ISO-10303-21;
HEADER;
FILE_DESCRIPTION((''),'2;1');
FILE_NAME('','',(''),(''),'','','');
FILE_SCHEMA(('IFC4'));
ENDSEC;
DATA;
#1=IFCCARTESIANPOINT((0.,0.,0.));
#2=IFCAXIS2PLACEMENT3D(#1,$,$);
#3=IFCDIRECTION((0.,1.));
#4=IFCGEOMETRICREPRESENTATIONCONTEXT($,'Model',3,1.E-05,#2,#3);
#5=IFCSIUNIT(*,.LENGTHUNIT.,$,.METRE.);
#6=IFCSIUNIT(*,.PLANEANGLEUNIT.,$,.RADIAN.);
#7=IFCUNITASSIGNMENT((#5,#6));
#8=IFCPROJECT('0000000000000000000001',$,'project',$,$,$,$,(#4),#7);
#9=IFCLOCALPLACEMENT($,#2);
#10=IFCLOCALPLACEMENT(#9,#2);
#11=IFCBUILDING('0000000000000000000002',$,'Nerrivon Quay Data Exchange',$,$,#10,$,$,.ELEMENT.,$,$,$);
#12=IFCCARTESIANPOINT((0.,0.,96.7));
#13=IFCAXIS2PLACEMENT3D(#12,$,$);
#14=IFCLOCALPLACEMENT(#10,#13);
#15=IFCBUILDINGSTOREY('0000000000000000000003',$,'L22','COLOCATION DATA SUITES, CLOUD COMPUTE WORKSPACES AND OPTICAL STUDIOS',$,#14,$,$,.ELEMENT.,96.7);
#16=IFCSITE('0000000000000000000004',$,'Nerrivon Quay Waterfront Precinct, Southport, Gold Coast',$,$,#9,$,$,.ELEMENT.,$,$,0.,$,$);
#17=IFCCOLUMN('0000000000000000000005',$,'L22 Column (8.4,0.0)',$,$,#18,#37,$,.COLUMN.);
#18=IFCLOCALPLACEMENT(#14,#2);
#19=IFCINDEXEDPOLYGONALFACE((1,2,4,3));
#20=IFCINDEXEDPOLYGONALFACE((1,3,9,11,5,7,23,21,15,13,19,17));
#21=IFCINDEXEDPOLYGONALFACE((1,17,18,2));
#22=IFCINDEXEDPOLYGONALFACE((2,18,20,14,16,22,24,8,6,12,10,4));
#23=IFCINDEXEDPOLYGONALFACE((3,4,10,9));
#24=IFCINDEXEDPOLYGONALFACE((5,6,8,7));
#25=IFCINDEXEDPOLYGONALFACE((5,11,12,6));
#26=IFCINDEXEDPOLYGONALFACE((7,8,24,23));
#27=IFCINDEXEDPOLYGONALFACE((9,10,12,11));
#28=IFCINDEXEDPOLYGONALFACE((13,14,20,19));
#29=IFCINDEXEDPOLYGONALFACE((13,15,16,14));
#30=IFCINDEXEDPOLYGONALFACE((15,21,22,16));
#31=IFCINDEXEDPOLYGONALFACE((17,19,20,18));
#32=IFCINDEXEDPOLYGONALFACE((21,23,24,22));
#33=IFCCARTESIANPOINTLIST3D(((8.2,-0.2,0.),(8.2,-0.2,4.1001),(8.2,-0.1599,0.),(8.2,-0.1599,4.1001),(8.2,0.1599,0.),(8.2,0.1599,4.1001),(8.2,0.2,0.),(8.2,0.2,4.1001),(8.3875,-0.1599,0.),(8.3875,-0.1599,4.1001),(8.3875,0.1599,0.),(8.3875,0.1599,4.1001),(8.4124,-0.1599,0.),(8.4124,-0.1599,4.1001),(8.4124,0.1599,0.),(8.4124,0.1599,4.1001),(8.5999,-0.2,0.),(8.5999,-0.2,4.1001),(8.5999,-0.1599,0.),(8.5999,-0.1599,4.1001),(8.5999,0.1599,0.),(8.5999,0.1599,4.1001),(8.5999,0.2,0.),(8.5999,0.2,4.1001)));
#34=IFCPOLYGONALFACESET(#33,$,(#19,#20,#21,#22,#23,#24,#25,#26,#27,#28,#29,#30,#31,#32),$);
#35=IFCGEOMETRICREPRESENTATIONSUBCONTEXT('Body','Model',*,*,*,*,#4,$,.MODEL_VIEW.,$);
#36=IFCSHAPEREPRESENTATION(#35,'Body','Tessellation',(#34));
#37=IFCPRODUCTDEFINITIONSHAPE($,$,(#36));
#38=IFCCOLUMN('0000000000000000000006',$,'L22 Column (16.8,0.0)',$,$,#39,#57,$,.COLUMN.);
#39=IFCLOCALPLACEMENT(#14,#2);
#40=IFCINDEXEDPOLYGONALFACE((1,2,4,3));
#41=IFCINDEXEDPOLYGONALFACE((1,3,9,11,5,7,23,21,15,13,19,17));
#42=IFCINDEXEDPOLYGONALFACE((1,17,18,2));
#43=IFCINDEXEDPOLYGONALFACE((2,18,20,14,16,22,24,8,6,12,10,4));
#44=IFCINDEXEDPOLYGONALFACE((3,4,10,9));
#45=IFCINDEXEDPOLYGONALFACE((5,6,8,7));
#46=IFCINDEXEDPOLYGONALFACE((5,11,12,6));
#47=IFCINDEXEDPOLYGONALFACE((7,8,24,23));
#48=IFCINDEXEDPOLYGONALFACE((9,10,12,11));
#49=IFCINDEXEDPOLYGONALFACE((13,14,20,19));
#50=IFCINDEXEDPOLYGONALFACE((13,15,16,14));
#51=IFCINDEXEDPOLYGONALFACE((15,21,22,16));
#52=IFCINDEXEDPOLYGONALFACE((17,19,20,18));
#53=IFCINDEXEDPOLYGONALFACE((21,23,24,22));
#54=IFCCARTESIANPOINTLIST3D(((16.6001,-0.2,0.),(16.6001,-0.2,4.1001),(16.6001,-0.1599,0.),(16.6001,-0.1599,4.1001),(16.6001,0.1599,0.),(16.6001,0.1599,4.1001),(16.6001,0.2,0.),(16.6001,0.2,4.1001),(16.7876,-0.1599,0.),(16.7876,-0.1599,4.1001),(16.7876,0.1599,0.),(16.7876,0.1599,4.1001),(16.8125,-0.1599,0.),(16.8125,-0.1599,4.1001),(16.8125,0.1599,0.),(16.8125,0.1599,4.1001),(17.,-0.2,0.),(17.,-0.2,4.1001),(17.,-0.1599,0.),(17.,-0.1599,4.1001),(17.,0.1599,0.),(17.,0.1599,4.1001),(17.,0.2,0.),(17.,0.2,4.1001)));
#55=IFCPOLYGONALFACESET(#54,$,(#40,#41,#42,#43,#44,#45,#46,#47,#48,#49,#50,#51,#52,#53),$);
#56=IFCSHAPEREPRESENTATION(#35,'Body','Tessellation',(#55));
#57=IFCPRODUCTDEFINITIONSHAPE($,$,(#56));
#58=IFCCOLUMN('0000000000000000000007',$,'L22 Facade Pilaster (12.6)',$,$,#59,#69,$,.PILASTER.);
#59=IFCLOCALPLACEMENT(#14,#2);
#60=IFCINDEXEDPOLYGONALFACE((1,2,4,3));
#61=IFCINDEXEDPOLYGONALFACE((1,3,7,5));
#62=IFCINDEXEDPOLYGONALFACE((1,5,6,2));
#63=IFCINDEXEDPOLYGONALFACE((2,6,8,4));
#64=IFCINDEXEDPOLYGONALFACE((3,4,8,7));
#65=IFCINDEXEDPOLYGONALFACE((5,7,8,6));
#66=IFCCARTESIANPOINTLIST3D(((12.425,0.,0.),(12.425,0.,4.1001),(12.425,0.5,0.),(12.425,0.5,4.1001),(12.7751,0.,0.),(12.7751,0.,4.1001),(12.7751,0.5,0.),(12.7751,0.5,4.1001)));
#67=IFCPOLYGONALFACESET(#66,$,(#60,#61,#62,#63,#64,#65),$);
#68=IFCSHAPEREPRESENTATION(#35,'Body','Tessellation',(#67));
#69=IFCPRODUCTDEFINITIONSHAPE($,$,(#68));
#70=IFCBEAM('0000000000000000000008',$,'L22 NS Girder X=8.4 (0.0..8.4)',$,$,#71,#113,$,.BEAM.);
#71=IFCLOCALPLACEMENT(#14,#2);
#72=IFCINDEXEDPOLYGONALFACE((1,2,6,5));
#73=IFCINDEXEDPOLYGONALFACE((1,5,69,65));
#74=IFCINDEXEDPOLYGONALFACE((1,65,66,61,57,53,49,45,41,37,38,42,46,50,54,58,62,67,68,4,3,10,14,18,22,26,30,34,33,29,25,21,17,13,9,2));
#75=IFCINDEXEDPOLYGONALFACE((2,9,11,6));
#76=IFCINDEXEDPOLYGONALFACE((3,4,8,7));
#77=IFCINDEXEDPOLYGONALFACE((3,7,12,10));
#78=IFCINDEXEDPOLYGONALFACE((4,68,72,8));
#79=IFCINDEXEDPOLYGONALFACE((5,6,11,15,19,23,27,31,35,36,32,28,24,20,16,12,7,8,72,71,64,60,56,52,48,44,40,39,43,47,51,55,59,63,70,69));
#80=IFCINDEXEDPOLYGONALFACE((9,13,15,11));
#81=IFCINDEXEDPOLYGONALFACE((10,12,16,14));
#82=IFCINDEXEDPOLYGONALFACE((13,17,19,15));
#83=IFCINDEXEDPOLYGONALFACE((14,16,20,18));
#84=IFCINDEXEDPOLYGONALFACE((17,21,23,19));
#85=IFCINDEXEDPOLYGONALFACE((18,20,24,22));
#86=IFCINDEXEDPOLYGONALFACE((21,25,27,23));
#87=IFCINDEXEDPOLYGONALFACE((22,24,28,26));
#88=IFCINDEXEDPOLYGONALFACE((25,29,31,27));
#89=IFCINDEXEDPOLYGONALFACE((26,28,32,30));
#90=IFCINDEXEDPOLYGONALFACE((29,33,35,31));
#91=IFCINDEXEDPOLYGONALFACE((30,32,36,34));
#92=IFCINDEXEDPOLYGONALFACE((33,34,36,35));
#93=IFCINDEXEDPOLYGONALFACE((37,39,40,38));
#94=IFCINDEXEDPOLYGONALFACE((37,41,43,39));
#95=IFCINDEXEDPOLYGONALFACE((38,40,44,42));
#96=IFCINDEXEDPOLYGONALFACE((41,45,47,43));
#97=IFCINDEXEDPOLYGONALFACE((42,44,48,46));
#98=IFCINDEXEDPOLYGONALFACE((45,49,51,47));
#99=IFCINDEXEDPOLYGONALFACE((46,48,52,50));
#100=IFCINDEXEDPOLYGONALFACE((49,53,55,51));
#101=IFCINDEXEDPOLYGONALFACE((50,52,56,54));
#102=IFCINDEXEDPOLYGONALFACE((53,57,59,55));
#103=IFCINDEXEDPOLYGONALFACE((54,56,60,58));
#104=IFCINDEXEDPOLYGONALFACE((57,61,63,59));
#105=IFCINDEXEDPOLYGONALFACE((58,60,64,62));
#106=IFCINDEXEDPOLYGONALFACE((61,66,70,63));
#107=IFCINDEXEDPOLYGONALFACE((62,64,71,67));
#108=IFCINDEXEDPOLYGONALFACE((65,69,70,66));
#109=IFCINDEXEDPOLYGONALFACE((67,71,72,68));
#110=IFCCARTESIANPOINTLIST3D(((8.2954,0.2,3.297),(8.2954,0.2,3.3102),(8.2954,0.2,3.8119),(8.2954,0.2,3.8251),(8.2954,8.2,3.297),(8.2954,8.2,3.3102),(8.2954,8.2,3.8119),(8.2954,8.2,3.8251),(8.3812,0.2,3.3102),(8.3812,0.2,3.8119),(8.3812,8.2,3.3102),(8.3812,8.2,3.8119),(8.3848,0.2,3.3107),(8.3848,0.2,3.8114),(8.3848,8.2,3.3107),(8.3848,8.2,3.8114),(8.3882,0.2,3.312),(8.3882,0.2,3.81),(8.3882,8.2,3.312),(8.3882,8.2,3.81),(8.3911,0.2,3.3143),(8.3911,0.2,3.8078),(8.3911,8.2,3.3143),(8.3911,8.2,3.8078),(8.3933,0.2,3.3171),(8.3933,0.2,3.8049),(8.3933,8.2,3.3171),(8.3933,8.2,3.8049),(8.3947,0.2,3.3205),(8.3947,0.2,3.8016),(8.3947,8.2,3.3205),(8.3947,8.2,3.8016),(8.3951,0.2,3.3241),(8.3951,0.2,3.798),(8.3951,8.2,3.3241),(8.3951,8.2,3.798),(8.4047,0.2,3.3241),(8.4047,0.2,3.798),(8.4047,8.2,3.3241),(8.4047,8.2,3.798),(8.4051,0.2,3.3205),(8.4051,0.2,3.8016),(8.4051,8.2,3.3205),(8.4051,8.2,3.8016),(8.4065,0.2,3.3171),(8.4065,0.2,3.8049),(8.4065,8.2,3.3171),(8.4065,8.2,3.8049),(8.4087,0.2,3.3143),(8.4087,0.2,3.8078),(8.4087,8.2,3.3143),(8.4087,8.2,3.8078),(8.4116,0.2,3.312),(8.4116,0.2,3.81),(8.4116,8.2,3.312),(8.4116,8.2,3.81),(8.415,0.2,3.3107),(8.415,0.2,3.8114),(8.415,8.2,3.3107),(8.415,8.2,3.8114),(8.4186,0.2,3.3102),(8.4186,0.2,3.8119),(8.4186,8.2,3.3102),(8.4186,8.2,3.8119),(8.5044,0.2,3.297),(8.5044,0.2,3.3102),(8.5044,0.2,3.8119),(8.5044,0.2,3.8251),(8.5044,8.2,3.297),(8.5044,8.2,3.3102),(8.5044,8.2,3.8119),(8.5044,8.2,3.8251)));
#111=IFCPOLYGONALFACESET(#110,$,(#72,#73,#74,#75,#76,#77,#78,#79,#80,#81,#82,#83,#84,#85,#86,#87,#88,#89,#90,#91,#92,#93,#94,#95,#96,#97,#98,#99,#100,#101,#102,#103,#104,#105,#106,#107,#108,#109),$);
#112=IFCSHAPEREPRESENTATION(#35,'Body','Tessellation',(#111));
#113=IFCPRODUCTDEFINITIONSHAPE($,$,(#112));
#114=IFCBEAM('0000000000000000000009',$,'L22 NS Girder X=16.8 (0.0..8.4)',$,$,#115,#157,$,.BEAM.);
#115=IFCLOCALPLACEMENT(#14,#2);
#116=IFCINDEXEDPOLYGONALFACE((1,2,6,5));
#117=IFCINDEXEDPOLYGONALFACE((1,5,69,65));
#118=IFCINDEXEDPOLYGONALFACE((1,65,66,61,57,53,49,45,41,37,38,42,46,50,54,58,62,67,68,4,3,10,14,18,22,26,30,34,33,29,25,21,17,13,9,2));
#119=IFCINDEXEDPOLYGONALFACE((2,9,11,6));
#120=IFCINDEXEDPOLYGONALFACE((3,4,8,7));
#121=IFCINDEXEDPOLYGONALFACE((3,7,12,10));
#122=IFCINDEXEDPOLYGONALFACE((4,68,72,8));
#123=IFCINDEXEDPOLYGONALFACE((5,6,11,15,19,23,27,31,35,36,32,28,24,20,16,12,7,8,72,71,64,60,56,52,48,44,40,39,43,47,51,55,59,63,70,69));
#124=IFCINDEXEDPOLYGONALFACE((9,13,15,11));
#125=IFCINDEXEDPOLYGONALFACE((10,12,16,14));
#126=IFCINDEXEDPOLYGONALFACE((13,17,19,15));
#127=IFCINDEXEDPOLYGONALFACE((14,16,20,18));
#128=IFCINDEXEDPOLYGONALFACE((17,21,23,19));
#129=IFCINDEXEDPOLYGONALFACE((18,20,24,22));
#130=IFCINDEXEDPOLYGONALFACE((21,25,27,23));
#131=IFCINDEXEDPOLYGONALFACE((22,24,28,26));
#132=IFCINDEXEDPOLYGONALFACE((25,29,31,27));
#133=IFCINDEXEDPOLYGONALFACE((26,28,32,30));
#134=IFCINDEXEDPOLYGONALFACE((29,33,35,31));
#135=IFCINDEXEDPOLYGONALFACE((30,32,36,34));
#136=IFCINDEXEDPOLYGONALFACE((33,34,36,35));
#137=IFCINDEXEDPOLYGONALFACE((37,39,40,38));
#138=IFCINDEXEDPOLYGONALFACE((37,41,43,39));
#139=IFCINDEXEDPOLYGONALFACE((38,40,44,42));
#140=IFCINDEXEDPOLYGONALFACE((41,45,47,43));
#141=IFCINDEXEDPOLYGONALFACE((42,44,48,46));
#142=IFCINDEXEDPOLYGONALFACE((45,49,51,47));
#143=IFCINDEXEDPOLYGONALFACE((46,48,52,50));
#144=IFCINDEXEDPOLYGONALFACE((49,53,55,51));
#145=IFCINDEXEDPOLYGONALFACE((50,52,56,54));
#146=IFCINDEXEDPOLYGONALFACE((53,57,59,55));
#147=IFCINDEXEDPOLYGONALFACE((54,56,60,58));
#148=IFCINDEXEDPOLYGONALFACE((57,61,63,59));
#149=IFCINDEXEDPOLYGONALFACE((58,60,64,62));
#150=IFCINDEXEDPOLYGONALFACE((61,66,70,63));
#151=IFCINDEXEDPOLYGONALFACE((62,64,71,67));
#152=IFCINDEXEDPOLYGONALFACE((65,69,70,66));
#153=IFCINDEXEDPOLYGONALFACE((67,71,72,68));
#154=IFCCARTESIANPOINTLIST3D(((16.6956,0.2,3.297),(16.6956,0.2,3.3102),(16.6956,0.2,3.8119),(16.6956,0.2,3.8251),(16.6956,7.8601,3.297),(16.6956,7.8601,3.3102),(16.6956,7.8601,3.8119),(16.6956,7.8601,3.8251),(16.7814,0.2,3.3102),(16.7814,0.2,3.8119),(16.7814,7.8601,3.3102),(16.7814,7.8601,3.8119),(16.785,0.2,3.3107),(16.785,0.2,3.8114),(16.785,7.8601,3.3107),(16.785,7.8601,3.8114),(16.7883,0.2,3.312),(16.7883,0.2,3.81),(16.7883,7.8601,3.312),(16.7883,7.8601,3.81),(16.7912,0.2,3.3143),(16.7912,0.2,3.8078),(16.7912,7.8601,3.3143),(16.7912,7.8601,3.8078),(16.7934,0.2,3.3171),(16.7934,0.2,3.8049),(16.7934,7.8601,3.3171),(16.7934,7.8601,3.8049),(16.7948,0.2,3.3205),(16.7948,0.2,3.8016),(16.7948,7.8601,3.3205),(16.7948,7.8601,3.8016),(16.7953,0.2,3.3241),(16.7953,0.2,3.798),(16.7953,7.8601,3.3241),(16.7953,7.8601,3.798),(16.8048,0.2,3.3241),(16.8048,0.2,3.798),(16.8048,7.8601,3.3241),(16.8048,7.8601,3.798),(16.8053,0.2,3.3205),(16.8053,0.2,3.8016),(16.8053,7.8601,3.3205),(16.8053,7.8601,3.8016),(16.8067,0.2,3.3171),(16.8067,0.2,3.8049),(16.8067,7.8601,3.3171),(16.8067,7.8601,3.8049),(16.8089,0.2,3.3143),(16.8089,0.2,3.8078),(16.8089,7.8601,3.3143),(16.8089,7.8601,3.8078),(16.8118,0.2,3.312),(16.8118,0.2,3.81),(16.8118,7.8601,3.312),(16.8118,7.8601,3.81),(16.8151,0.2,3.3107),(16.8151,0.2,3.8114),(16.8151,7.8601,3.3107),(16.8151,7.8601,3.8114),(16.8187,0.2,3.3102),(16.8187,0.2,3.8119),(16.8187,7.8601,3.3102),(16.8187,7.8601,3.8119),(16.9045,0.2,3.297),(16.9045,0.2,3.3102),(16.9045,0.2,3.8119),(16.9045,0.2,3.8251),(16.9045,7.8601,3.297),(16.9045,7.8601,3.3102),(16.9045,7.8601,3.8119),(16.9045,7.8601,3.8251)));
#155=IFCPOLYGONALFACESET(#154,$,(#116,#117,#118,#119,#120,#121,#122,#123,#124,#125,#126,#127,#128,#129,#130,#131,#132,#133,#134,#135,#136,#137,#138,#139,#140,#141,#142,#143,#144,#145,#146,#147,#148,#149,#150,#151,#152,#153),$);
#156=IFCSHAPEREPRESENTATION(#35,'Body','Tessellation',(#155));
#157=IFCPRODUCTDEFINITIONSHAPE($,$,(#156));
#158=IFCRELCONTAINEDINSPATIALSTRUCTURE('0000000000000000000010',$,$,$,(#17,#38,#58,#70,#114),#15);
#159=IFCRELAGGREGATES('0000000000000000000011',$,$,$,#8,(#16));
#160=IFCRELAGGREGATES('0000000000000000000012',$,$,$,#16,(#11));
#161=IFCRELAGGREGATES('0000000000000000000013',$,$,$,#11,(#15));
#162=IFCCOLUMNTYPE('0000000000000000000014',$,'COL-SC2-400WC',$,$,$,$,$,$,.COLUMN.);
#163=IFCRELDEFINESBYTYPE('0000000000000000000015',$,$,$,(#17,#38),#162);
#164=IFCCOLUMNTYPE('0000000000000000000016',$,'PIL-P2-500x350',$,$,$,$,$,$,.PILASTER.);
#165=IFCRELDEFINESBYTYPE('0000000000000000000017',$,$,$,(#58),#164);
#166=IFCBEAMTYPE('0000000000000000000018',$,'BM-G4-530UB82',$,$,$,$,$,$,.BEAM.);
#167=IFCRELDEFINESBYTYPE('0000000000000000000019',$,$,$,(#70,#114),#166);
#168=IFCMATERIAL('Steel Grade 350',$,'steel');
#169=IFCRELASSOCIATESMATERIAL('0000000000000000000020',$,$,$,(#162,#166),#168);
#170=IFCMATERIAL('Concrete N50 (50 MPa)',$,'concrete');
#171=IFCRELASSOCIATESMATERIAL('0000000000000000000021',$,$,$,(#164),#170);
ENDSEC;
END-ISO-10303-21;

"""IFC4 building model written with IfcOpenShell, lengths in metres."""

from ifc_helpers import new_model, si_unit, direction, frame, origin, origin_2d, place, context, subcontext, project, spatial, rectangle, i_section, extrude, material, material_profile, profile_set, type_object, element, save


model = new_model("IFC4")

# Units and contexts
model_context = context("Model", 3, precision=1e-05, world=origin(), true_north=direction((0.0, 1.0)))
body_context = subcontext(model_context, "Body", "Model", "MODEL_VIEW")
ifc_project = project(units=[si_unit("LENGTHUNIT", "METRE"), si_unit("PLANEANGLEUNIT", "RADIAN")], contexts=[model_context])

# Site, building, storey
site_placement = place(None, origin())
site = spatial("IfcSite", under=ifc_project, at=site_placement, Name="Nerrivon Quay Waterfront Precinct, Southport, Gold Coast", CompositionType="ELEMENT", RefElevation=0.0)
building_placement = place(site_placement, origin())
building = spatial("IfcBuilding", under=site, at=building_placement, Name="Nerrivon Quay Data Exchange", CompositionType="ELEMENT")
storey_placement = place(building_placement, frame((0.0, 0.0, 96.7)))
storey = spatial("IfcBuildingStorey", under=building, at=storey_placement, Name="L22", Description="COLOCATION DATA SUITES, CLOUD COMPUTE WORKSPACES AND OPTICAL STUDIOS", CompositionType="ELEMENT", Elevation=96.7)

# Columns
ifc_material_1 = material(Name="Steel Grade 350", Category="steel")
ifc_material_profile_1 = material_profile(ifc_material_1, i_section(OverallWidth=0.3999, OverallDepth=0.3999, WebThickness=0.0249, FlangeThickness=0.04, at=origin_2d()), Name="400WC328")
ifc_profile_set_1 = profile_set([ifc_material_profile_1], Name="Steel Grade 350")
column_type_1 = type_object("IfcColumnType", Name="COL-SC2-400WC", PredefinedType="COLUMN", material=ifc_profile_set_1)
for number, where, z_axis, x_axis, name in (
    (1, (8.3999, 0.0, 0.0), (0.0, 0.0, 1.0), (1.0, 0.0, 0.0), "L22 Column (8.4,0.0)"),
    (2, (16.8, 0.0, 0.0), (0.0, 0.0, 1.0), (1.0, 0.0, 0.0), "L22 Column (16.8,0.0)"),
):
    element("IfcColumn", number, at=place(storey_placement, frame(where, z_axis=z_axis, x_axis=x_axis)), inside=storey, type_object=column_type_1, Name=name, PredefinedType="COLUMN", context=body_context, shape_type="SweptSolid", body=[
        extrude(i_section(OverallWidth=0.3999, OverallDepth=0.3999, WebThickness=0.0249, FlangeThickness=0.04, at=origin_2d()), origin(), (0.0, 0.0, 1.0), 4.1001),
    ])
ifc_material_2 = material(Name="Concrete N50 (50 MPa)", Category="concrete")
ifc_material_profile_2 = material_profile(ifc_material_2, rectangle(XDim=0.3501, YDim=0.5, at=origin_2d()), Name="RC-PIL-500x350")
ifc_profile_set_2 = profile_set([ifc_material_profile_2], Name="Concrete N50 (50 MPa)")
column_type_2 = type_object("IfcColumnType", Name="PIL-P2-500x350", PredefinedType="PILASTER", material=ifc_profile_set_2)
column_placement = place(storey_placement, frame((12.6001, 0.25, 0.0), z_axis=(0.0, 0.0, 1.0), x_axis=(1.0, 0.0, 0.0)))
element("IfcColumn", 3, at=column_placement, inside=storey, type_object=column_type_2, Name="L22 Facade Pilaster (12.6)", PredefinedType="PILASTER", context=body_context, shape_type="SweptSolid", body=[
    extrude(rectangle(XDim=0.3501, YDim=0.5, at=origin_2d()), origin(), (0.0, 0.0, 1.0), 4.1001),
])

# Beams
ifc_material_profile_3 = material_profile(ifc_material_1, i_section(OverallWidth=0.209, OverallDepth=0.5281, WebThickness=0.0095, FlangeThickness=0.0132, FilletRadius=0.0139, at=origin_2d()), Name="530UB82.0")
ifc_profile_set_3 = profile_set([ifc_material_profile_3], Name="Steel Grade 350")
beam_type_1 = type_object("IfcBeamType", Name="BM-G4-530UB82", PredefinedType="BEAM", material=ifc_profile_set_3)
beam_1_placement = place(storey_placement, frame((8.3999, 0.2, 3.561), z_axis=(0.0, 1.0, 0.0), x_axis=(-1.0, 0.0, 0.0)))
element("IfcBeam", 4, at=beam_1_placement, inside=storey, type_object=beam_type_1, Name="L22 NS Girder X=8.4 (0.0..8.4)", PredefinedType="BEAM", context=body_context, shape_type="SweptSolid", body=[
    extrude(i_section(OverallWidth=0.209, OverallDepth=0.5281, WebThickness=0.0095, FlangeThickness=0.0132, FilletRadius=0.0139, at=origin_2d()), origin(), (0.0, 0.0, 1.0), 8.0),
])
beam_2_placement = place(storey_placement, frame((16.8, 0.2, 3.561), z_axis=(0.0, 1.0, 0.0), x_axis=(-1.0, 0.0, 0.0)))
element("IfcBeam", 5, at=beam_2_placement, inside=storey, type_object=beam_type_1, Name="L22 NS Girder X=16.8 (0.0..8.4)", PredefinedType="BEAM", context=body_context, shape_type="SweptSolid", body=[
    extrude(i_section(OverallWidth=0.209, OverallDepth=0.5281, WebThickness=0.0095, FlangeThickness=0.0132, FilletRadius=0.0139, at=origin_2d()), origin(), (0.0, 0.0, 1.0), 7.6602),
])

save(model, "model.ifc")
